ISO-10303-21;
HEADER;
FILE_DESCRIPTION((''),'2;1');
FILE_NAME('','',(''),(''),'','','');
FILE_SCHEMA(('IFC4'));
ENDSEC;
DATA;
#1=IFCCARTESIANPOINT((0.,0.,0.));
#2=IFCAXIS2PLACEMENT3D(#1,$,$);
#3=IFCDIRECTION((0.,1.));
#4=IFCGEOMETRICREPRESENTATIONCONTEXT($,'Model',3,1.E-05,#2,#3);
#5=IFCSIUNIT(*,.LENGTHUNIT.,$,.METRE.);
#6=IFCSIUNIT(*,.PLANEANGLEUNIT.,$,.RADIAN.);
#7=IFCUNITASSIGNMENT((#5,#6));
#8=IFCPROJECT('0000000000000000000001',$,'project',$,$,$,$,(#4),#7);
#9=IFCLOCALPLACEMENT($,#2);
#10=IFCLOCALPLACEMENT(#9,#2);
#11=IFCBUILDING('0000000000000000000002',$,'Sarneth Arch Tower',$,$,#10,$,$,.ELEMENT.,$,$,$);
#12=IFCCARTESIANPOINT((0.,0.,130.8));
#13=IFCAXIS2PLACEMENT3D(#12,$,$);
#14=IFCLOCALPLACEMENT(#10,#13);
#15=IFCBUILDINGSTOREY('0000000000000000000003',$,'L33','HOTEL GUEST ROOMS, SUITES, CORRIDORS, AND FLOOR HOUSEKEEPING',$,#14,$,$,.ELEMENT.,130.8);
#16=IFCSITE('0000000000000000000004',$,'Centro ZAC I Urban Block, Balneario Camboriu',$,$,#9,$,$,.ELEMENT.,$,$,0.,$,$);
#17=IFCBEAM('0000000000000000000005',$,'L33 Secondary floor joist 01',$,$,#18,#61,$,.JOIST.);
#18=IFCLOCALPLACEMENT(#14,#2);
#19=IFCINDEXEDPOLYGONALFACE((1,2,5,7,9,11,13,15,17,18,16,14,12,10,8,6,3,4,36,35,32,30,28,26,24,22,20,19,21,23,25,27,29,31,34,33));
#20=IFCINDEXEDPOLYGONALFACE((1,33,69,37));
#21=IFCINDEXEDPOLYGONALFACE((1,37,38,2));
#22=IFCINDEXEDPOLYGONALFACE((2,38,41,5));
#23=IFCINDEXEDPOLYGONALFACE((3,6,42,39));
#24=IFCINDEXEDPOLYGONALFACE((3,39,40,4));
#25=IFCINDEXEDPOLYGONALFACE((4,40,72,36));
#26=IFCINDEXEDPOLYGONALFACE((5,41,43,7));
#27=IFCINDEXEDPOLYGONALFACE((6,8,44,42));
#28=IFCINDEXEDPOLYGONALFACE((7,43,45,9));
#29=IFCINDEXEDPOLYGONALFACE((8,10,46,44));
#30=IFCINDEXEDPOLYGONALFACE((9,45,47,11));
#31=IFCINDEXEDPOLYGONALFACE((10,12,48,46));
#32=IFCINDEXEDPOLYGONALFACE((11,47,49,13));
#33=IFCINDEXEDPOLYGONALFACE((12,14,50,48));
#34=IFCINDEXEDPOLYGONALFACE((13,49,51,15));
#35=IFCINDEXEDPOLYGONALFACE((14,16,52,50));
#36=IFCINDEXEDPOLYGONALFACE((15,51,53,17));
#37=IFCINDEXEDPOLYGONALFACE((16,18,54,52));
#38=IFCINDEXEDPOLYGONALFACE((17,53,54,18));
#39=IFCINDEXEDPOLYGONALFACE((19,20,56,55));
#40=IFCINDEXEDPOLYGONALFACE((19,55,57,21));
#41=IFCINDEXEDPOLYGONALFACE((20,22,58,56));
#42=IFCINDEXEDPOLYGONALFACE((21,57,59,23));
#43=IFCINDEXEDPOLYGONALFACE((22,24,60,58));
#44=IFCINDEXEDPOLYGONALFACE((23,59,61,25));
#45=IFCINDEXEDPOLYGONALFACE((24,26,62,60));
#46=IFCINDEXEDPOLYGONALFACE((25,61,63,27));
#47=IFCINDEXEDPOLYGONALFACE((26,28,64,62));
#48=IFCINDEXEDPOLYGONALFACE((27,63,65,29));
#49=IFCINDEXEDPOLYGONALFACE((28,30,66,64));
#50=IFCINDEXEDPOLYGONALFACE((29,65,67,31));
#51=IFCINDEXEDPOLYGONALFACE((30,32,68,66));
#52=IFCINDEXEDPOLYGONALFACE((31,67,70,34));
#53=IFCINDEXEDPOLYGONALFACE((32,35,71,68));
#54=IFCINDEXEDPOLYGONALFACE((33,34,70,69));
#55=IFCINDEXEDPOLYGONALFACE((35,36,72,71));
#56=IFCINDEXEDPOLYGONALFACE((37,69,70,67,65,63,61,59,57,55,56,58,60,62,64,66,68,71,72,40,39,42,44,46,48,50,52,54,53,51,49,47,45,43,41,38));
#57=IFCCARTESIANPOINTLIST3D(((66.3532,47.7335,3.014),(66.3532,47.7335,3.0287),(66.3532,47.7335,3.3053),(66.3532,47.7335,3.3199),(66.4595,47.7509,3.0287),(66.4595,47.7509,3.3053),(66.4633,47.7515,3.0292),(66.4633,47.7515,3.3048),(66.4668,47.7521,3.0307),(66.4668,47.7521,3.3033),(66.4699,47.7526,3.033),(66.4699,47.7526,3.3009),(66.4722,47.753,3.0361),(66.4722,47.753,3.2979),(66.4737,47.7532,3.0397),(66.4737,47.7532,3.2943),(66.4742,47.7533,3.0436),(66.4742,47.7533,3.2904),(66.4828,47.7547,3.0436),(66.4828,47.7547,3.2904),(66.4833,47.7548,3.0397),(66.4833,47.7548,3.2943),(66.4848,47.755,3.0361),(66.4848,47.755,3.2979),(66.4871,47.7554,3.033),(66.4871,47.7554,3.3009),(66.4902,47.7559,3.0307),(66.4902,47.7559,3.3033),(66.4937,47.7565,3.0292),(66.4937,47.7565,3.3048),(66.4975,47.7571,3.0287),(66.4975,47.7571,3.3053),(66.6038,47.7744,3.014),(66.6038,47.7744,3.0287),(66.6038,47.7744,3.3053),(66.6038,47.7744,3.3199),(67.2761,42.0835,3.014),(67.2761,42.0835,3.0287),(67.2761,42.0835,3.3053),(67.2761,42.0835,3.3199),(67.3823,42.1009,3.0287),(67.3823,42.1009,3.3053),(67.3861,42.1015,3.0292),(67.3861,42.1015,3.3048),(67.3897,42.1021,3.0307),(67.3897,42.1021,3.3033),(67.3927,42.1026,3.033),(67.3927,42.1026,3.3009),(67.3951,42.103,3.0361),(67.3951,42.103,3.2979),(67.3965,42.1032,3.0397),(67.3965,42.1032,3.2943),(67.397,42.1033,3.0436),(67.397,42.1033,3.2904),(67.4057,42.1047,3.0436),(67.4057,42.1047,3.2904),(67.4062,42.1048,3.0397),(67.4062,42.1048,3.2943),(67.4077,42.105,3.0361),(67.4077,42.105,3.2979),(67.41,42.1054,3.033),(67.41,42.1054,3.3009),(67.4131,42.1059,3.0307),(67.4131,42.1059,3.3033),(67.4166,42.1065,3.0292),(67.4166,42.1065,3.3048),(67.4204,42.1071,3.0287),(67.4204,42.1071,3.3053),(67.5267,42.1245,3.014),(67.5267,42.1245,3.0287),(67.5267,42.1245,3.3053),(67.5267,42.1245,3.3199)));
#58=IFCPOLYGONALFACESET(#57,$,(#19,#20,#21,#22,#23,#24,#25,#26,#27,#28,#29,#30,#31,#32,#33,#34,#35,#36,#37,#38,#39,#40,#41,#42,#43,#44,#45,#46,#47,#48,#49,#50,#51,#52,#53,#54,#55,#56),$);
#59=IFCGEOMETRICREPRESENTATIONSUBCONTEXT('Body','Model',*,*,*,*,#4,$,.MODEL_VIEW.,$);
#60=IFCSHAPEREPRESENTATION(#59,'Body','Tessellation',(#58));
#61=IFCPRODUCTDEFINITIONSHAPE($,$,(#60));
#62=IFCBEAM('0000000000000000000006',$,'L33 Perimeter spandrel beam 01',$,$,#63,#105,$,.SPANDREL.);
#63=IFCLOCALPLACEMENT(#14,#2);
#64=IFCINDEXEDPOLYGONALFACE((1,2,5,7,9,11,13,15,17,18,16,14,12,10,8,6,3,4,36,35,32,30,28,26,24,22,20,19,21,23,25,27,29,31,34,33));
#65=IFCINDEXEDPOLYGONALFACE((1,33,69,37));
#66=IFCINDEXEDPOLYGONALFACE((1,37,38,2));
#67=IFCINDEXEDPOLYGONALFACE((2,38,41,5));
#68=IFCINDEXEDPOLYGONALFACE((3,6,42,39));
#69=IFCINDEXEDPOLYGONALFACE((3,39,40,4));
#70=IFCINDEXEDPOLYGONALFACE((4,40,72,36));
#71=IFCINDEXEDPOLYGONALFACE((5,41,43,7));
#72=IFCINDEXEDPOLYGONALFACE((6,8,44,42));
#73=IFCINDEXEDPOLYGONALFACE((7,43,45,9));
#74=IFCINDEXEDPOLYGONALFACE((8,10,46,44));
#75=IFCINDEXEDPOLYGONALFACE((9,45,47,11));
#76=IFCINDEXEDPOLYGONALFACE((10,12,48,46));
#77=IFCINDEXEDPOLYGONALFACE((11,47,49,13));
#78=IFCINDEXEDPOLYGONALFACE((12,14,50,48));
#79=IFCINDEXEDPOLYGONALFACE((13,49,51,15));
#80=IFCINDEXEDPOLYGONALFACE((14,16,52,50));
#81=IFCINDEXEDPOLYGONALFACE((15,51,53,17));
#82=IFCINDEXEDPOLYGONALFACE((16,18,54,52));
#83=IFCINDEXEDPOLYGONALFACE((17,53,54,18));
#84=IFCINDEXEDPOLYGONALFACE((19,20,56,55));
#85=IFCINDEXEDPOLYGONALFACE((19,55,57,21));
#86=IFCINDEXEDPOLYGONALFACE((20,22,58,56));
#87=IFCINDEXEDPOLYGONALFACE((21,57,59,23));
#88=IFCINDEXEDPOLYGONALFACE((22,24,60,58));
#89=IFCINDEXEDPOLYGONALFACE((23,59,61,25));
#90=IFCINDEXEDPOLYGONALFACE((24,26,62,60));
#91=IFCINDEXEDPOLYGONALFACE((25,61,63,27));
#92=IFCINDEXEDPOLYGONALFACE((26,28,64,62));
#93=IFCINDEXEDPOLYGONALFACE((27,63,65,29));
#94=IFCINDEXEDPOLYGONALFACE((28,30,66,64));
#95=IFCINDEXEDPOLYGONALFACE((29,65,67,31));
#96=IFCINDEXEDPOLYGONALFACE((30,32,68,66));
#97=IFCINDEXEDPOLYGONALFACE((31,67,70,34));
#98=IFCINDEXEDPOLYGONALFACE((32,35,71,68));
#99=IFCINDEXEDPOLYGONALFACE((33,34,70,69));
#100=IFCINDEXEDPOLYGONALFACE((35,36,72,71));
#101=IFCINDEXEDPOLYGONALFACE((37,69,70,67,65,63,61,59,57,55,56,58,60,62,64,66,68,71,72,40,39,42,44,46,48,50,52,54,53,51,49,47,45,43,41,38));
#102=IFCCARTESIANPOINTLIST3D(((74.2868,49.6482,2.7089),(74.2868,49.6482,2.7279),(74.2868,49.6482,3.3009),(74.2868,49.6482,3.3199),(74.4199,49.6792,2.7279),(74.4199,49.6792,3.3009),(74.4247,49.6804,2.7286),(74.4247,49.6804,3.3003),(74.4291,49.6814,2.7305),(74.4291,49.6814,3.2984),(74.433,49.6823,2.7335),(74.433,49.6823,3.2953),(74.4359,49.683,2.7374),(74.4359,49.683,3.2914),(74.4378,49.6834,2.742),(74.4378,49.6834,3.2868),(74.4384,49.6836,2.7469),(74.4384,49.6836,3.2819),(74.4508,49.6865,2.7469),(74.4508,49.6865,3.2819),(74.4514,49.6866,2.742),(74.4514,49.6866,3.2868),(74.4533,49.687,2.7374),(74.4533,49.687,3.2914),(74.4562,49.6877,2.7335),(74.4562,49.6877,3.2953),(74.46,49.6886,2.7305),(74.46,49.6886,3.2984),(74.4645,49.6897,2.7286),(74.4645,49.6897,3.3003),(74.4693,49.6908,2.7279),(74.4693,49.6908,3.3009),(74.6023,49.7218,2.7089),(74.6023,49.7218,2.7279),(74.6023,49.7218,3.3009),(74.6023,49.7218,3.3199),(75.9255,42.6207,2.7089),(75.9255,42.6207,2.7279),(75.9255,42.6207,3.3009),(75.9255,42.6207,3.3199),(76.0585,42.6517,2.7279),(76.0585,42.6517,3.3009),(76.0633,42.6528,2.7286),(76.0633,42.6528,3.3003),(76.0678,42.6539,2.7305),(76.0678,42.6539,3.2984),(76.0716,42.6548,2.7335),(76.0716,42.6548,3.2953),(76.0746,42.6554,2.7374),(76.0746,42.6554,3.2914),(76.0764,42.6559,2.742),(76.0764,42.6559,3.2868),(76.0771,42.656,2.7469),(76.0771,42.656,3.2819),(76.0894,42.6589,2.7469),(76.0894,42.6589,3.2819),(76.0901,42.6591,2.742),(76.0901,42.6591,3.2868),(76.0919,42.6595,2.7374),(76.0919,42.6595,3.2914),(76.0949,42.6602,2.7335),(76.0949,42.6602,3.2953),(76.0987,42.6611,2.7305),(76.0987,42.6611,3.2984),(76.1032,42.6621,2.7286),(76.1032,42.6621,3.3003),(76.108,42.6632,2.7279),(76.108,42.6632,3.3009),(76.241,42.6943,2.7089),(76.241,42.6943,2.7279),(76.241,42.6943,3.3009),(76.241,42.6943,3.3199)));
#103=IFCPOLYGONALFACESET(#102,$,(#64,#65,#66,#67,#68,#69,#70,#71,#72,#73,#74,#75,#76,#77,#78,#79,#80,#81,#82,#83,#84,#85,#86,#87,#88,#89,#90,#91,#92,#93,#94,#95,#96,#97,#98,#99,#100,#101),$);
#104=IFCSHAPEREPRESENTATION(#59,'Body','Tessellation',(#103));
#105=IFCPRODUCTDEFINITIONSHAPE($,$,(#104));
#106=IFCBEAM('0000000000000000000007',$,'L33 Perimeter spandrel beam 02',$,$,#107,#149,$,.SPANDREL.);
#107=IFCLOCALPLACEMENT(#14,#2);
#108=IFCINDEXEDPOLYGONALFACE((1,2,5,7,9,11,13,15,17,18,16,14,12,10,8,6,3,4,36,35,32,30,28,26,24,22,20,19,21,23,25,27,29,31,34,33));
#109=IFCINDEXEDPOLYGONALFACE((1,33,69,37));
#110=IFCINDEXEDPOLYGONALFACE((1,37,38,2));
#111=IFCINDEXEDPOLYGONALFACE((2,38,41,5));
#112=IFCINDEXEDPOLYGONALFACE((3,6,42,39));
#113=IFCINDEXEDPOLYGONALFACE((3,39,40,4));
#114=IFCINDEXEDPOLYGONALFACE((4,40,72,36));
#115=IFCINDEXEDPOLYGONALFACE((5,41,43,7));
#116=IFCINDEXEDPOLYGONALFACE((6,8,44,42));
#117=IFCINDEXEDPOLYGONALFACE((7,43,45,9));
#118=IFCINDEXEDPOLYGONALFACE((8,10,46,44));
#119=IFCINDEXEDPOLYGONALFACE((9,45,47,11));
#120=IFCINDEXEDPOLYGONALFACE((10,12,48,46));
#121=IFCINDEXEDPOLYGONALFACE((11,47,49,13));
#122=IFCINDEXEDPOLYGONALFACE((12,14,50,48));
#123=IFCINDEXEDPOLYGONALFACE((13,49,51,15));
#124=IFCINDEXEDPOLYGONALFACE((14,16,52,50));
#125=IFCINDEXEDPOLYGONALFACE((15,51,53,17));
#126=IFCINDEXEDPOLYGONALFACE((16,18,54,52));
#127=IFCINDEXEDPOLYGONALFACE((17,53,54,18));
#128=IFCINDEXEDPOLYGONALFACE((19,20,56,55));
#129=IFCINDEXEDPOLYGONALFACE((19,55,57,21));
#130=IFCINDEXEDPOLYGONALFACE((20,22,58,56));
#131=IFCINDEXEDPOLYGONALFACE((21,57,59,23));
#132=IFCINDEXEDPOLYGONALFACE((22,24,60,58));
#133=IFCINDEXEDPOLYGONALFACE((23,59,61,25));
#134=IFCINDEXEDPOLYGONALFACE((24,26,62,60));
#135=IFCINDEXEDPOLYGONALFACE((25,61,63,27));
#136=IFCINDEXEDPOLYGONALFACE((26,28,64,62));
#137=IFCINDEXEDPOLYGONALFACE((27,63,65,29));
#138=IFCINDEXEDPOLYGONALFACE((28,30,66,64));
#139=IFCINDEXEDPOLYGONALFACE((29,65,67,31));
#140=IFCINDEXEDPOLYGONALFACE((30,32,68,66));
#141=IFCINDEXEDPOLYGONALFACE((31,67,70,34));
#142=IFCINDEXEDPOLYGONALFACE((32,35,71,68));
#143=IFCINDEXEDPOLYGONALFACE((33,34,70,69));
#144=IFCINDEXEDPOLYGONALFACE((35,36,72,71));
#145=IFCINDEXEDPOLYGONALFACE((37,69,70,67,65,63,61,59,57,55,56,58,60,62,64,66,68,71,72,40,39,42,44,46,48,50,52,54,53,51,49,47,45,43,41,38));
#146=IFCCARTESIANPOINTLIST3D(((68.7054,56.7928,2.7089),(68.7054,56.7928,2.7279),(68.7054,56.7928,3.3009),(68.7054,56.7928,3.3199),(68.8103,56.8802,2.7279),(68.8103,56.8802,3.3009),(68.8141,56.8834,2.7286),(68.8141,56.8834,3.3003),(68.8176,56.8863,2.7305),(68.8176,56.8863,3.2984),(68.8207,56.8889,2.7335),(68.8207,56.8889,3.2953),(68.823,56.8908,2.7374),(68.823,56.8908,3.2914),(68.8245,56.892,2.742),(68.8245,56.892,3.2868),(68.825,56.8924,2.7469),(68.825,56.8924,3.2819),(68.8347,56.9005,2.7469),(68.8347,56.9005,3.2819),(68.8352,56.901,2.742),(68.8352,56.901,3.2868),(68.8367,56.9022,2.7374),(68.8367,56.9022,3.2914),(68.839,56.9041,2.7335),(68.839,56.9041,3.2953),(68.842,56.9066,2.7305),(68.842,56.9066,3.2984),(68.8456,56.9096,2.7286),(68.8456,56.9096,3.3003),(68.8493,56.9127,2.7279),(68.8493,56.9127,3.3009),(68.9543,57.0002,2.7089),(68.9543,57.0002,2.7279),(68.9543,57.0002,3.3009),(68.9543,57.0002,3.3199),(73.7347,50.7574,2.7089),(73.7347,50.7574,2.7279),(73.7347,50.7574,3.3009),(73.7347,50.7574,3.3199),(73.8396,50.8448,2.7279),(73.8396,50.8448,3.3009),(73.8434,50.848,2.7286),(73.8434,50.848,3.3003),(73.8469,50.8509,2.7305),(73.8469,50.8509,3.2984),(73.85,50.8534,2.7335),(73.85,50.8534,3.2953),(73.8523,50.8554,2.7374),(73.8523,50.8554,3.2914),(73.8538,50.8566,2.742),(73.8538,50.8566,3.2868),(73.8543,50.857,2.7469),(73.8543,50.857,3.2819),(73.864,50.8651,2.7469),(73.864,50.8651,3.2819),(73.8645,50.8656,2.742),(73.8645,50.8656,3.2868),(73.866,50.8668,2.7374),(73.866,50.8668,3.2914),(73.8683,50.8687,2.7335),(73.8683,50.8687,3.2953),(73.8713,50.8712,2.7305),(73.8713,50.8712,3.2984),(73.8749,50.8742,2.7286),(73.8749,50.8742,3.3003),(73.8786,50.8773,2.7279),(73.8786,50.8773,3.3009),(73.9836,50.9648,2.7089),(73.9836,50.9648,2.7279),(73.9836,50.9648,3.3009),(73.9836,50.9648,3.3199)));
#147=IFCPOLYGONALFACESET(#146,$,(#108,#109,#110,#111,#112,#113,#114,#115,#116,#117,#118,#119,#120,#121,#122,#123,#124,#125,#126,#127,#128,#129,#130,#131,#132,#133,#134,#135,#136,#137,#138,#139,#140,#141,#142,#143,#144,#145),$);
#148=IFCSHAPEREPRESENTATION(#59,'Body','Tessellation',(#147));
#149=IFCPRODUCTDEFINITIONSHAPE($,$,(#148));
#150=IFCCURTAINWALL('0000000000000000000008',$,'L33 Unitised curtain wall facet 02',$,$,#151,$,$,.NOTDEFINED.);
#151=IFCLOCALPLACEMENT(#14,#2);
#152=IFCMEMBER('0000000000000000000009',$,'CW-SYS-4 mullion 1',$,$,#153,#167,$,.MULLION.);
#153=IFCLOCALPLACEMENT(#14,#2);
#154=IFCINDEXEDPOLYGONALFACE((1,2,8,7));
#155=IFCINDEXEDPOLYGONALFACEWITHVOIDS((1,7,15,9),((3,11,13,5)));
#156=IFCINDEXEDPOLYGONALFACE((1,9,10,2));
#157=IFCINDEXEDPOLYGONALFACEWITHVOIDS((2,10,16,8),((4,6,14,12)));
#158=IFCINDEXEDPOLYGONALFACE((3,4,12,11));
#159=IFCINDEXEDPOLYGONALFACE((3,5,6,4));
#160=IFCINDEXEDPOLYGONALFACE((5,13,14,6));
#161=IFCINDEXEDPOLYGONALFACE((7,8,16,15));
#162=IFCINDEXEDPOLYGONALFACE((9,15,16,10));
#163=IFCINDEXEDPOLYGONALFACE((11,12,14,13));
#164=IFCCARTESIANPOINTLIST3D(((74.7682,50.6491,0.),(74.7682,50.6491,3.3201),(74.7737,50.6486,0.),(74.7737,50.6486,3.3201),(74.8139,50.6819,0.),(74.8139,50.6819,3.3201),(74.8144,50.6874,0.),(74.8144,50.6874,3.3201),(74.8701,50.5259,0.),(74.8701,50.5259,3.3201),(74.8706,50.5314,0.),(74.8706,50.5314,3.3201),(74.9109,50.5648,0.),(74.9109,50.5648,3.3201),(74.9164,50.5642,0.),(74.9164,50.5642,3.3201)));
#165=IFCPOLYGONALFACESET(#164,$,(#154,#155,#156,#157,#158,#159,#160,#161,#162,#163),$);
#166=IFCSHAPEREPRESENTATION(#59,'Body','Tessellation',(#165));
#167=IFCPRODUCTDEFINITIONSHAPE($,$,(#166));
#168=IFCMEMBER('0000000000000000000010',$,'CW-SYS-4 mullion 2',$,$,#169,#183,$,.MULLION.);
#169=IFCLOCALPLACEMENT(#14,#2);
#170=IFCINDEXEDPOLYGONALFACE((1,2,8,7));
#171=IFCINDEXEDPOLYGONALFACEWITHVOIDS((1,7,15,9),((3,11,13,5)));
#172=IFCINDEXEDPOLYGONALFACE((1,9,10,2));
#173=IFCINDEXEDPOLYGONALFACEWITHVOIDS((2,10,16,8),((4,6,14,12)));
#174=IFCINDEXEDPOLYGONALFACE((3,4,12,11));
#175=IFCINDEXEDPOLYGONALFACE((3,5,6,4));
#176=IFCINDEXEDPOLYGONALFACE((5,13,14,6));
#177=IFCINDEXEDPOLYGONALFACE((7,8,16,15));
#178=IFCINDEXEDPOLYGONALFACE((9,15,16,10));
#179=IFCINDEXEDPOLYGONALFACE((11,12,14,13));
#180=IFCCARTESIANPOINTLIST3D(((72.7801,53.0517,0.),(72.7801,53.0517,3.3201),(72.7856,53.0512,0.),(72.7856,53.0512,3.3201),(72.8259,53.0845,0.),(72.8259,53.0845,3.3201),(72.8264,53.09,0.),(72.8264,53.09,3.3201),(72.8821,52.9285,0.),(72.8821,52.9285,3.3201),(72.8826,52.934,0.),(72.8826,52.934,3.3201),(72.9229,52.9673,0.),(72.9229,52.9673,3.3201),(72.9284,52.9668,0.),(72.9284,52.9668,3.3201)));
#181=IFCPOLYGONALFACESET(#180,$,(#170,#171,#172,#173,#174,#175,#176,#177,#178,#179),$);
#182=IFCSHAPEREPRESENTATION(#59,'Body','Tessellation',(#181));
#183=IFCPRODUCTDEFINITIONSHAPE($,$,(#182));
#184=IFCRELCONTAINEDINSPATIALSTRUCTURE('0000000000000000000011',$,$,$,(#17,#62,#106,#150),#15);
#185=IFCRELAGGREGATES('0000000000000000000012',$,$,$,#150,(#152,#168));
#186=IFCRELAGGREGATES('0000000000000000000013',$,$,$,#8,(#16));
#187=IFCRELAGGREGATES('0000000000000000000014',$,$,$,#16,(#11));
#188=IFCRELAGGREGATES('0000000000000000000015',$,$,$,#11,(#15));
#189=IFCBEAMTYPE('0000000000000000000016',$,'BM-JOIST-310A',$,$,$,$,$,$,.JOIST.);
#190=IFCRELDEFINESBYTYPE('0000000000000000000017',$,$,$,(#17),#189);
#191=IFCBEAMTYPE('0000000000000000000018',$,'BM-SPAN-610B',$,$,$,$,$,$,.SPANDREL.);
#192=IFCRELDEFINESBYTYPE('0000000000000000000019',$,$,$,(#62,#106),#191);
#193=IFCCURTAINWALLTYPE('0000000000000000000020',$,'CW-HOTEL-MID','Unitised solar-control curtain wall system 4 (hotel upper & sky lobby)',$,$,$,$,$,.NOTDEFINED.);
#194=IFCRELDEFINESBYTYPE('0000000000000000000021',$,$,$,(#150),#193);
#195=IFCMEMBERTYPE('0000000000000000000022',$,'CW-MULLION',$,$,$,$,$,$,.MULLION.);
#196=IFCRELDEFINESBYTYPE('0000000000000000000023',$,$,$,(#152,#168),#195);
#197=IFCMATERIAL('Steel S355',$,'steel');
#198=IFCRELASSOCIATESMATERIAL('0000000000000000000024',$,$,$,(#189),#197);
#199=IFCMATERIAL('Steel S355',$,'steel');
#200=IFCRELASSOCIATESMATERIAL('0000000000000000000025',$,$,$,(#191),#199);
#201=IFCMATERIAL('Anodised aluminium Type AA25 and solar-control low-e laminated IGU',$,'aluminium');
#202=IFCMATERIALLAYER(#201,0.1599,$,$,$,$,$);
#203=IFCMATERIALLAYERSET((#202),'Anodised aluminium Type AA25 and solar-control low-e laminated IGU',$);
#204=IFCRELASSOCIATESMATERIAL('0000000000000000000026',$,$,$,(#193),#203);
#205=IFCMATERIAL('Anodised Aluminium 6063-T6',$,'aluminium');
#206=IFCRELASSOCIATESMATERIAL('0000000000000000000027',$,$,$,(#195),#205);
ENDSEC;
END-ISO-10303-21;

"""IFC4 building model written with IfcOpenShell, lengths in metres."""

from ifc_helpers import new_model, si_unit, direction, frame, origin, origin_2d, place, context, subcontext, project, spatial, hollow_rectangle, i_section, extrude, material, layer, layer_set, material_profile, profile_set, type_object, element, aggregate, save


model = new_model("IFC4")

# Units and contexts
model_context = context("Model", 3, precision=1e-05, world=origin(), true_north=direction((0.0, 1.0)))
body_context = subcontext(model_context, "Body", "Model", "MODEL_VIEW")
ifc_project = project(units=[si_unit("LENGTHUNIT", "METRE"), si_unit("PLANEANGLEUNIT", "RADIAN")], contexts=[model_context])

# Site, building, storey
site_placement = place(None, origin())
site = spatial("IfcSite", under=ifc_project, at=site_placement, Name="Centro ZAC I Urban Block, Balneario Camboriu", CompositionType="ELEMENT", RefElevation=0.0)
building_placement = place(site_placement, origin())
building = spatial("IfcBuilding", under=site, at=building_placement, Name="Sarneth Arch Tower", CompositionType="ELEMENT")
storey_placement = place(building_placement, frame((0.0, 0.0, 130.8)))
storey = spatial("IfcBuildingStorey", under=building, at=storey_placement, Name="L33", Description="HOTEL GUEST ROOMS, SUITES, CORRIDORS, AND FLOOR HOUSEKEEPING", CompositionType="ELEMENT", Elevation=130.8)

# Beams
ifc_material_1 = material(Name="Steel S355", Category="steel")
ifc_material_profile_1 = material_profile(ifc_material_1, i_section(OverallWidth=0.2539, OverallDepth=0.3059, WebThickness=0.0088, FlangeThickness=0.0146, FilletRadius=0.0149, at=origin_2d()), Name="W310x79")
ifc_profile_set_1 = profile_set([ifc_material_profile_1], Name="Steel S355")
beam_type_1 = type_object("IfcBeamType", Name="BM-JOIST-310A", PredefinedType="JOIST", material=ifc_profile_set_1)
beam_1_placement = place(storey_placement, frame((67.4014, 42.104, 3.167), z_axis=(-0.161203, 0.986921, 0.0), x_axis=(-0.986921, -0.161203, 0.0)))
element("IfcBeam", 1, at=beam_1_placement, inside=storey, type_object=beam_type_1, Name="L33 Secondary floor joist 01", PredefinedType="JOIST", context=body_context, shape_type="SweptSolid", body=[
    extrude(i_section(OverallWidth=0.2539, OverallDepth=0.3059, WebThickness=0.0088, FlangeThickness=0.0146, FilletRadius=0.0149, at=origin_2d()), origin(), (0.0, 0.0, 1.0), 5.7249),
])
ifc_material_2 = material(Name="Steel S355", Category="steel")
ifc_material_profile_2 = material_profile(ifc_material_2, i_section(OverallWidth=0.324, OverallDepth=0.6111, WebThickness=0.0127, FlangeThickness=0.019, FilletRadius=0.019, at=origin_2d()), Name="W610x155")
ifc_profile_set_2 = profile_set([ifc_material_profile_2], Name="Steel S355")
beam_type_2 = type_object("IfcBeamType", Name="BM-SPAN-610B", PredefinedType="SPANDREL", material=ifc_profile_set_2)
beam_2_placement = place(storey_placement, frame((76.0833, 42.6575, 3.0144), z_axis=(-0.227085, 0.973875, 0.0), x_axis=(-0.973875, -0.227085, 0.0)))
element("IfcBeam", 2, at=beam_2_placement, inside=storey, type_object=beam_type_2, Name="L33 Perimeter spandrel beam 01", PredefinedType="SPANDREL", context=body_context, shape_type="SweptSolid", body=[
    extrude(i_section(OverallWidth=0.324, OverallDepth=0.6111, WebThickness=0.0127, FlangeThickness=0.019, FilletRadius=0.019, at=origin_2d()), origin(), (0.0, 0.0, 1.0), 7.2161),
])
beam_3_placement = place(storey_placement, frame((73.8591, 50.8611, 3.0144), z_axis=(-0.640169, 0.768234, 0.0), x_axis=(-0.768234, -0.640169, 0.0)))
element("IfcBeam", 3, at=beam_3_placement, inside=storey, type_object=beam_type_2, Name="L33 Perimeter spandrel beam 02", PredefinedType="SPANDREL", context=body_context, shape_type="SweptSolid", body=[
    extrude(i_section(OverallWidth=0.324, OverallDepth=0.6111, WebThickness=0.0127, FlangeThickness=0.019, FilletRadius=0.019, at=origin_2d()), origin(), (0.0, 0.0, 1.0), 7.8562),
])

# Curtain wall, members
ifc_material_3 = material(Name="Anodised aluminium Type AA25 and solar-control low-e laminated IGU", Category="aluminium")
ifc_layer_1 = layer(ifc_material_3, 0.1599)
ifc_layer_set_1 = layer_set([ifc_layer_1], Name="Anodised aluminium Type AA25 and solar-control low-e laminated IGU")
curtain_wall_type = type_object("IfcCurtainWallType", Name="CW-HOTEL-MID", Description="Unitised solar-control curtain wall system 4 (hotel upper & sky lobby)", PredefinedType="NOTDEFINED", material=ifc_layer_set_1)
curtain_wall_placement = place(storey_placement, origin())
curtain_wall = element("IfcCurtainWall", 4, at=curtain_wall_placement, inside=storey, type_object=curtain_wall_type, Name="L33 Unitised curtain wall facet 02", PredefinedType="NOTDEFINED")
ifc_material_4 = material(Name="Anodised Aluminium 6063-T6", Category="aluminium")
ifc_material_profile_3 = material_profile(ifc_material_4, hollow_rectangle(XDim=0.0601, YDim=0.1599, WallThickness=0.0039, at=origin_2d()), Name="AL-MULL-160x60x4")
ifc_profile_set_3 = profile_set([ifc_material_profile_3], Name="Anodised Aluminium 6063-T6")
member_type_1 = type_object("IfcMemberType", Name="CW-MULLION", PredefinedType="MULLION", material=ifc_profile_set_3)
member_1_placement = place(storey_placement, frame((74.8423, 50.6067, 0.0), z_axis=(0.0, 0.0, 1.0), x_axis=(-0.770438, -0.637515, 0.0)))
member_1 = element("IfcMember", 5, at=member_1_placement, type_object=member_type_1, Name="CW-SYS-4 mullion 1", PredefinedType="MULLION", context=body_context, shape_type="SweptSolid", body=[
    extrude(hollow_rectangle(XDim=0.0601, YDim=0.1599, WallThickness=0.0039, at=origin_2d()), origin(), (0.0, 0.0, 1.0), 3.3201),
])
member_2_placement = place(storey_placement, frame((72.8542, 53.0093, 0.0), z_axis=(0.0, 0.0, 1.0), x_axis=(-0.770438, -0.637515, 0.0)))
member_2 = element("IfcMember", 6, at=member_2_placement, type_object=member_type_1, Name="CW-SYS-4 mullion 2", PredefinedType="MULLION", context=body_context, shape_type="SweptSolid", body=[
    extrude(hollow_rectangle(XDim=0.0601, YDim=0.1599, WallThickness=0.0039, at=origin_2d()), origin(), (0.0, 0.0, 1.0), 3.3201),
])

aggregate(curtain_wall, [member_1, member_2])

save(model, "model.ifc")
